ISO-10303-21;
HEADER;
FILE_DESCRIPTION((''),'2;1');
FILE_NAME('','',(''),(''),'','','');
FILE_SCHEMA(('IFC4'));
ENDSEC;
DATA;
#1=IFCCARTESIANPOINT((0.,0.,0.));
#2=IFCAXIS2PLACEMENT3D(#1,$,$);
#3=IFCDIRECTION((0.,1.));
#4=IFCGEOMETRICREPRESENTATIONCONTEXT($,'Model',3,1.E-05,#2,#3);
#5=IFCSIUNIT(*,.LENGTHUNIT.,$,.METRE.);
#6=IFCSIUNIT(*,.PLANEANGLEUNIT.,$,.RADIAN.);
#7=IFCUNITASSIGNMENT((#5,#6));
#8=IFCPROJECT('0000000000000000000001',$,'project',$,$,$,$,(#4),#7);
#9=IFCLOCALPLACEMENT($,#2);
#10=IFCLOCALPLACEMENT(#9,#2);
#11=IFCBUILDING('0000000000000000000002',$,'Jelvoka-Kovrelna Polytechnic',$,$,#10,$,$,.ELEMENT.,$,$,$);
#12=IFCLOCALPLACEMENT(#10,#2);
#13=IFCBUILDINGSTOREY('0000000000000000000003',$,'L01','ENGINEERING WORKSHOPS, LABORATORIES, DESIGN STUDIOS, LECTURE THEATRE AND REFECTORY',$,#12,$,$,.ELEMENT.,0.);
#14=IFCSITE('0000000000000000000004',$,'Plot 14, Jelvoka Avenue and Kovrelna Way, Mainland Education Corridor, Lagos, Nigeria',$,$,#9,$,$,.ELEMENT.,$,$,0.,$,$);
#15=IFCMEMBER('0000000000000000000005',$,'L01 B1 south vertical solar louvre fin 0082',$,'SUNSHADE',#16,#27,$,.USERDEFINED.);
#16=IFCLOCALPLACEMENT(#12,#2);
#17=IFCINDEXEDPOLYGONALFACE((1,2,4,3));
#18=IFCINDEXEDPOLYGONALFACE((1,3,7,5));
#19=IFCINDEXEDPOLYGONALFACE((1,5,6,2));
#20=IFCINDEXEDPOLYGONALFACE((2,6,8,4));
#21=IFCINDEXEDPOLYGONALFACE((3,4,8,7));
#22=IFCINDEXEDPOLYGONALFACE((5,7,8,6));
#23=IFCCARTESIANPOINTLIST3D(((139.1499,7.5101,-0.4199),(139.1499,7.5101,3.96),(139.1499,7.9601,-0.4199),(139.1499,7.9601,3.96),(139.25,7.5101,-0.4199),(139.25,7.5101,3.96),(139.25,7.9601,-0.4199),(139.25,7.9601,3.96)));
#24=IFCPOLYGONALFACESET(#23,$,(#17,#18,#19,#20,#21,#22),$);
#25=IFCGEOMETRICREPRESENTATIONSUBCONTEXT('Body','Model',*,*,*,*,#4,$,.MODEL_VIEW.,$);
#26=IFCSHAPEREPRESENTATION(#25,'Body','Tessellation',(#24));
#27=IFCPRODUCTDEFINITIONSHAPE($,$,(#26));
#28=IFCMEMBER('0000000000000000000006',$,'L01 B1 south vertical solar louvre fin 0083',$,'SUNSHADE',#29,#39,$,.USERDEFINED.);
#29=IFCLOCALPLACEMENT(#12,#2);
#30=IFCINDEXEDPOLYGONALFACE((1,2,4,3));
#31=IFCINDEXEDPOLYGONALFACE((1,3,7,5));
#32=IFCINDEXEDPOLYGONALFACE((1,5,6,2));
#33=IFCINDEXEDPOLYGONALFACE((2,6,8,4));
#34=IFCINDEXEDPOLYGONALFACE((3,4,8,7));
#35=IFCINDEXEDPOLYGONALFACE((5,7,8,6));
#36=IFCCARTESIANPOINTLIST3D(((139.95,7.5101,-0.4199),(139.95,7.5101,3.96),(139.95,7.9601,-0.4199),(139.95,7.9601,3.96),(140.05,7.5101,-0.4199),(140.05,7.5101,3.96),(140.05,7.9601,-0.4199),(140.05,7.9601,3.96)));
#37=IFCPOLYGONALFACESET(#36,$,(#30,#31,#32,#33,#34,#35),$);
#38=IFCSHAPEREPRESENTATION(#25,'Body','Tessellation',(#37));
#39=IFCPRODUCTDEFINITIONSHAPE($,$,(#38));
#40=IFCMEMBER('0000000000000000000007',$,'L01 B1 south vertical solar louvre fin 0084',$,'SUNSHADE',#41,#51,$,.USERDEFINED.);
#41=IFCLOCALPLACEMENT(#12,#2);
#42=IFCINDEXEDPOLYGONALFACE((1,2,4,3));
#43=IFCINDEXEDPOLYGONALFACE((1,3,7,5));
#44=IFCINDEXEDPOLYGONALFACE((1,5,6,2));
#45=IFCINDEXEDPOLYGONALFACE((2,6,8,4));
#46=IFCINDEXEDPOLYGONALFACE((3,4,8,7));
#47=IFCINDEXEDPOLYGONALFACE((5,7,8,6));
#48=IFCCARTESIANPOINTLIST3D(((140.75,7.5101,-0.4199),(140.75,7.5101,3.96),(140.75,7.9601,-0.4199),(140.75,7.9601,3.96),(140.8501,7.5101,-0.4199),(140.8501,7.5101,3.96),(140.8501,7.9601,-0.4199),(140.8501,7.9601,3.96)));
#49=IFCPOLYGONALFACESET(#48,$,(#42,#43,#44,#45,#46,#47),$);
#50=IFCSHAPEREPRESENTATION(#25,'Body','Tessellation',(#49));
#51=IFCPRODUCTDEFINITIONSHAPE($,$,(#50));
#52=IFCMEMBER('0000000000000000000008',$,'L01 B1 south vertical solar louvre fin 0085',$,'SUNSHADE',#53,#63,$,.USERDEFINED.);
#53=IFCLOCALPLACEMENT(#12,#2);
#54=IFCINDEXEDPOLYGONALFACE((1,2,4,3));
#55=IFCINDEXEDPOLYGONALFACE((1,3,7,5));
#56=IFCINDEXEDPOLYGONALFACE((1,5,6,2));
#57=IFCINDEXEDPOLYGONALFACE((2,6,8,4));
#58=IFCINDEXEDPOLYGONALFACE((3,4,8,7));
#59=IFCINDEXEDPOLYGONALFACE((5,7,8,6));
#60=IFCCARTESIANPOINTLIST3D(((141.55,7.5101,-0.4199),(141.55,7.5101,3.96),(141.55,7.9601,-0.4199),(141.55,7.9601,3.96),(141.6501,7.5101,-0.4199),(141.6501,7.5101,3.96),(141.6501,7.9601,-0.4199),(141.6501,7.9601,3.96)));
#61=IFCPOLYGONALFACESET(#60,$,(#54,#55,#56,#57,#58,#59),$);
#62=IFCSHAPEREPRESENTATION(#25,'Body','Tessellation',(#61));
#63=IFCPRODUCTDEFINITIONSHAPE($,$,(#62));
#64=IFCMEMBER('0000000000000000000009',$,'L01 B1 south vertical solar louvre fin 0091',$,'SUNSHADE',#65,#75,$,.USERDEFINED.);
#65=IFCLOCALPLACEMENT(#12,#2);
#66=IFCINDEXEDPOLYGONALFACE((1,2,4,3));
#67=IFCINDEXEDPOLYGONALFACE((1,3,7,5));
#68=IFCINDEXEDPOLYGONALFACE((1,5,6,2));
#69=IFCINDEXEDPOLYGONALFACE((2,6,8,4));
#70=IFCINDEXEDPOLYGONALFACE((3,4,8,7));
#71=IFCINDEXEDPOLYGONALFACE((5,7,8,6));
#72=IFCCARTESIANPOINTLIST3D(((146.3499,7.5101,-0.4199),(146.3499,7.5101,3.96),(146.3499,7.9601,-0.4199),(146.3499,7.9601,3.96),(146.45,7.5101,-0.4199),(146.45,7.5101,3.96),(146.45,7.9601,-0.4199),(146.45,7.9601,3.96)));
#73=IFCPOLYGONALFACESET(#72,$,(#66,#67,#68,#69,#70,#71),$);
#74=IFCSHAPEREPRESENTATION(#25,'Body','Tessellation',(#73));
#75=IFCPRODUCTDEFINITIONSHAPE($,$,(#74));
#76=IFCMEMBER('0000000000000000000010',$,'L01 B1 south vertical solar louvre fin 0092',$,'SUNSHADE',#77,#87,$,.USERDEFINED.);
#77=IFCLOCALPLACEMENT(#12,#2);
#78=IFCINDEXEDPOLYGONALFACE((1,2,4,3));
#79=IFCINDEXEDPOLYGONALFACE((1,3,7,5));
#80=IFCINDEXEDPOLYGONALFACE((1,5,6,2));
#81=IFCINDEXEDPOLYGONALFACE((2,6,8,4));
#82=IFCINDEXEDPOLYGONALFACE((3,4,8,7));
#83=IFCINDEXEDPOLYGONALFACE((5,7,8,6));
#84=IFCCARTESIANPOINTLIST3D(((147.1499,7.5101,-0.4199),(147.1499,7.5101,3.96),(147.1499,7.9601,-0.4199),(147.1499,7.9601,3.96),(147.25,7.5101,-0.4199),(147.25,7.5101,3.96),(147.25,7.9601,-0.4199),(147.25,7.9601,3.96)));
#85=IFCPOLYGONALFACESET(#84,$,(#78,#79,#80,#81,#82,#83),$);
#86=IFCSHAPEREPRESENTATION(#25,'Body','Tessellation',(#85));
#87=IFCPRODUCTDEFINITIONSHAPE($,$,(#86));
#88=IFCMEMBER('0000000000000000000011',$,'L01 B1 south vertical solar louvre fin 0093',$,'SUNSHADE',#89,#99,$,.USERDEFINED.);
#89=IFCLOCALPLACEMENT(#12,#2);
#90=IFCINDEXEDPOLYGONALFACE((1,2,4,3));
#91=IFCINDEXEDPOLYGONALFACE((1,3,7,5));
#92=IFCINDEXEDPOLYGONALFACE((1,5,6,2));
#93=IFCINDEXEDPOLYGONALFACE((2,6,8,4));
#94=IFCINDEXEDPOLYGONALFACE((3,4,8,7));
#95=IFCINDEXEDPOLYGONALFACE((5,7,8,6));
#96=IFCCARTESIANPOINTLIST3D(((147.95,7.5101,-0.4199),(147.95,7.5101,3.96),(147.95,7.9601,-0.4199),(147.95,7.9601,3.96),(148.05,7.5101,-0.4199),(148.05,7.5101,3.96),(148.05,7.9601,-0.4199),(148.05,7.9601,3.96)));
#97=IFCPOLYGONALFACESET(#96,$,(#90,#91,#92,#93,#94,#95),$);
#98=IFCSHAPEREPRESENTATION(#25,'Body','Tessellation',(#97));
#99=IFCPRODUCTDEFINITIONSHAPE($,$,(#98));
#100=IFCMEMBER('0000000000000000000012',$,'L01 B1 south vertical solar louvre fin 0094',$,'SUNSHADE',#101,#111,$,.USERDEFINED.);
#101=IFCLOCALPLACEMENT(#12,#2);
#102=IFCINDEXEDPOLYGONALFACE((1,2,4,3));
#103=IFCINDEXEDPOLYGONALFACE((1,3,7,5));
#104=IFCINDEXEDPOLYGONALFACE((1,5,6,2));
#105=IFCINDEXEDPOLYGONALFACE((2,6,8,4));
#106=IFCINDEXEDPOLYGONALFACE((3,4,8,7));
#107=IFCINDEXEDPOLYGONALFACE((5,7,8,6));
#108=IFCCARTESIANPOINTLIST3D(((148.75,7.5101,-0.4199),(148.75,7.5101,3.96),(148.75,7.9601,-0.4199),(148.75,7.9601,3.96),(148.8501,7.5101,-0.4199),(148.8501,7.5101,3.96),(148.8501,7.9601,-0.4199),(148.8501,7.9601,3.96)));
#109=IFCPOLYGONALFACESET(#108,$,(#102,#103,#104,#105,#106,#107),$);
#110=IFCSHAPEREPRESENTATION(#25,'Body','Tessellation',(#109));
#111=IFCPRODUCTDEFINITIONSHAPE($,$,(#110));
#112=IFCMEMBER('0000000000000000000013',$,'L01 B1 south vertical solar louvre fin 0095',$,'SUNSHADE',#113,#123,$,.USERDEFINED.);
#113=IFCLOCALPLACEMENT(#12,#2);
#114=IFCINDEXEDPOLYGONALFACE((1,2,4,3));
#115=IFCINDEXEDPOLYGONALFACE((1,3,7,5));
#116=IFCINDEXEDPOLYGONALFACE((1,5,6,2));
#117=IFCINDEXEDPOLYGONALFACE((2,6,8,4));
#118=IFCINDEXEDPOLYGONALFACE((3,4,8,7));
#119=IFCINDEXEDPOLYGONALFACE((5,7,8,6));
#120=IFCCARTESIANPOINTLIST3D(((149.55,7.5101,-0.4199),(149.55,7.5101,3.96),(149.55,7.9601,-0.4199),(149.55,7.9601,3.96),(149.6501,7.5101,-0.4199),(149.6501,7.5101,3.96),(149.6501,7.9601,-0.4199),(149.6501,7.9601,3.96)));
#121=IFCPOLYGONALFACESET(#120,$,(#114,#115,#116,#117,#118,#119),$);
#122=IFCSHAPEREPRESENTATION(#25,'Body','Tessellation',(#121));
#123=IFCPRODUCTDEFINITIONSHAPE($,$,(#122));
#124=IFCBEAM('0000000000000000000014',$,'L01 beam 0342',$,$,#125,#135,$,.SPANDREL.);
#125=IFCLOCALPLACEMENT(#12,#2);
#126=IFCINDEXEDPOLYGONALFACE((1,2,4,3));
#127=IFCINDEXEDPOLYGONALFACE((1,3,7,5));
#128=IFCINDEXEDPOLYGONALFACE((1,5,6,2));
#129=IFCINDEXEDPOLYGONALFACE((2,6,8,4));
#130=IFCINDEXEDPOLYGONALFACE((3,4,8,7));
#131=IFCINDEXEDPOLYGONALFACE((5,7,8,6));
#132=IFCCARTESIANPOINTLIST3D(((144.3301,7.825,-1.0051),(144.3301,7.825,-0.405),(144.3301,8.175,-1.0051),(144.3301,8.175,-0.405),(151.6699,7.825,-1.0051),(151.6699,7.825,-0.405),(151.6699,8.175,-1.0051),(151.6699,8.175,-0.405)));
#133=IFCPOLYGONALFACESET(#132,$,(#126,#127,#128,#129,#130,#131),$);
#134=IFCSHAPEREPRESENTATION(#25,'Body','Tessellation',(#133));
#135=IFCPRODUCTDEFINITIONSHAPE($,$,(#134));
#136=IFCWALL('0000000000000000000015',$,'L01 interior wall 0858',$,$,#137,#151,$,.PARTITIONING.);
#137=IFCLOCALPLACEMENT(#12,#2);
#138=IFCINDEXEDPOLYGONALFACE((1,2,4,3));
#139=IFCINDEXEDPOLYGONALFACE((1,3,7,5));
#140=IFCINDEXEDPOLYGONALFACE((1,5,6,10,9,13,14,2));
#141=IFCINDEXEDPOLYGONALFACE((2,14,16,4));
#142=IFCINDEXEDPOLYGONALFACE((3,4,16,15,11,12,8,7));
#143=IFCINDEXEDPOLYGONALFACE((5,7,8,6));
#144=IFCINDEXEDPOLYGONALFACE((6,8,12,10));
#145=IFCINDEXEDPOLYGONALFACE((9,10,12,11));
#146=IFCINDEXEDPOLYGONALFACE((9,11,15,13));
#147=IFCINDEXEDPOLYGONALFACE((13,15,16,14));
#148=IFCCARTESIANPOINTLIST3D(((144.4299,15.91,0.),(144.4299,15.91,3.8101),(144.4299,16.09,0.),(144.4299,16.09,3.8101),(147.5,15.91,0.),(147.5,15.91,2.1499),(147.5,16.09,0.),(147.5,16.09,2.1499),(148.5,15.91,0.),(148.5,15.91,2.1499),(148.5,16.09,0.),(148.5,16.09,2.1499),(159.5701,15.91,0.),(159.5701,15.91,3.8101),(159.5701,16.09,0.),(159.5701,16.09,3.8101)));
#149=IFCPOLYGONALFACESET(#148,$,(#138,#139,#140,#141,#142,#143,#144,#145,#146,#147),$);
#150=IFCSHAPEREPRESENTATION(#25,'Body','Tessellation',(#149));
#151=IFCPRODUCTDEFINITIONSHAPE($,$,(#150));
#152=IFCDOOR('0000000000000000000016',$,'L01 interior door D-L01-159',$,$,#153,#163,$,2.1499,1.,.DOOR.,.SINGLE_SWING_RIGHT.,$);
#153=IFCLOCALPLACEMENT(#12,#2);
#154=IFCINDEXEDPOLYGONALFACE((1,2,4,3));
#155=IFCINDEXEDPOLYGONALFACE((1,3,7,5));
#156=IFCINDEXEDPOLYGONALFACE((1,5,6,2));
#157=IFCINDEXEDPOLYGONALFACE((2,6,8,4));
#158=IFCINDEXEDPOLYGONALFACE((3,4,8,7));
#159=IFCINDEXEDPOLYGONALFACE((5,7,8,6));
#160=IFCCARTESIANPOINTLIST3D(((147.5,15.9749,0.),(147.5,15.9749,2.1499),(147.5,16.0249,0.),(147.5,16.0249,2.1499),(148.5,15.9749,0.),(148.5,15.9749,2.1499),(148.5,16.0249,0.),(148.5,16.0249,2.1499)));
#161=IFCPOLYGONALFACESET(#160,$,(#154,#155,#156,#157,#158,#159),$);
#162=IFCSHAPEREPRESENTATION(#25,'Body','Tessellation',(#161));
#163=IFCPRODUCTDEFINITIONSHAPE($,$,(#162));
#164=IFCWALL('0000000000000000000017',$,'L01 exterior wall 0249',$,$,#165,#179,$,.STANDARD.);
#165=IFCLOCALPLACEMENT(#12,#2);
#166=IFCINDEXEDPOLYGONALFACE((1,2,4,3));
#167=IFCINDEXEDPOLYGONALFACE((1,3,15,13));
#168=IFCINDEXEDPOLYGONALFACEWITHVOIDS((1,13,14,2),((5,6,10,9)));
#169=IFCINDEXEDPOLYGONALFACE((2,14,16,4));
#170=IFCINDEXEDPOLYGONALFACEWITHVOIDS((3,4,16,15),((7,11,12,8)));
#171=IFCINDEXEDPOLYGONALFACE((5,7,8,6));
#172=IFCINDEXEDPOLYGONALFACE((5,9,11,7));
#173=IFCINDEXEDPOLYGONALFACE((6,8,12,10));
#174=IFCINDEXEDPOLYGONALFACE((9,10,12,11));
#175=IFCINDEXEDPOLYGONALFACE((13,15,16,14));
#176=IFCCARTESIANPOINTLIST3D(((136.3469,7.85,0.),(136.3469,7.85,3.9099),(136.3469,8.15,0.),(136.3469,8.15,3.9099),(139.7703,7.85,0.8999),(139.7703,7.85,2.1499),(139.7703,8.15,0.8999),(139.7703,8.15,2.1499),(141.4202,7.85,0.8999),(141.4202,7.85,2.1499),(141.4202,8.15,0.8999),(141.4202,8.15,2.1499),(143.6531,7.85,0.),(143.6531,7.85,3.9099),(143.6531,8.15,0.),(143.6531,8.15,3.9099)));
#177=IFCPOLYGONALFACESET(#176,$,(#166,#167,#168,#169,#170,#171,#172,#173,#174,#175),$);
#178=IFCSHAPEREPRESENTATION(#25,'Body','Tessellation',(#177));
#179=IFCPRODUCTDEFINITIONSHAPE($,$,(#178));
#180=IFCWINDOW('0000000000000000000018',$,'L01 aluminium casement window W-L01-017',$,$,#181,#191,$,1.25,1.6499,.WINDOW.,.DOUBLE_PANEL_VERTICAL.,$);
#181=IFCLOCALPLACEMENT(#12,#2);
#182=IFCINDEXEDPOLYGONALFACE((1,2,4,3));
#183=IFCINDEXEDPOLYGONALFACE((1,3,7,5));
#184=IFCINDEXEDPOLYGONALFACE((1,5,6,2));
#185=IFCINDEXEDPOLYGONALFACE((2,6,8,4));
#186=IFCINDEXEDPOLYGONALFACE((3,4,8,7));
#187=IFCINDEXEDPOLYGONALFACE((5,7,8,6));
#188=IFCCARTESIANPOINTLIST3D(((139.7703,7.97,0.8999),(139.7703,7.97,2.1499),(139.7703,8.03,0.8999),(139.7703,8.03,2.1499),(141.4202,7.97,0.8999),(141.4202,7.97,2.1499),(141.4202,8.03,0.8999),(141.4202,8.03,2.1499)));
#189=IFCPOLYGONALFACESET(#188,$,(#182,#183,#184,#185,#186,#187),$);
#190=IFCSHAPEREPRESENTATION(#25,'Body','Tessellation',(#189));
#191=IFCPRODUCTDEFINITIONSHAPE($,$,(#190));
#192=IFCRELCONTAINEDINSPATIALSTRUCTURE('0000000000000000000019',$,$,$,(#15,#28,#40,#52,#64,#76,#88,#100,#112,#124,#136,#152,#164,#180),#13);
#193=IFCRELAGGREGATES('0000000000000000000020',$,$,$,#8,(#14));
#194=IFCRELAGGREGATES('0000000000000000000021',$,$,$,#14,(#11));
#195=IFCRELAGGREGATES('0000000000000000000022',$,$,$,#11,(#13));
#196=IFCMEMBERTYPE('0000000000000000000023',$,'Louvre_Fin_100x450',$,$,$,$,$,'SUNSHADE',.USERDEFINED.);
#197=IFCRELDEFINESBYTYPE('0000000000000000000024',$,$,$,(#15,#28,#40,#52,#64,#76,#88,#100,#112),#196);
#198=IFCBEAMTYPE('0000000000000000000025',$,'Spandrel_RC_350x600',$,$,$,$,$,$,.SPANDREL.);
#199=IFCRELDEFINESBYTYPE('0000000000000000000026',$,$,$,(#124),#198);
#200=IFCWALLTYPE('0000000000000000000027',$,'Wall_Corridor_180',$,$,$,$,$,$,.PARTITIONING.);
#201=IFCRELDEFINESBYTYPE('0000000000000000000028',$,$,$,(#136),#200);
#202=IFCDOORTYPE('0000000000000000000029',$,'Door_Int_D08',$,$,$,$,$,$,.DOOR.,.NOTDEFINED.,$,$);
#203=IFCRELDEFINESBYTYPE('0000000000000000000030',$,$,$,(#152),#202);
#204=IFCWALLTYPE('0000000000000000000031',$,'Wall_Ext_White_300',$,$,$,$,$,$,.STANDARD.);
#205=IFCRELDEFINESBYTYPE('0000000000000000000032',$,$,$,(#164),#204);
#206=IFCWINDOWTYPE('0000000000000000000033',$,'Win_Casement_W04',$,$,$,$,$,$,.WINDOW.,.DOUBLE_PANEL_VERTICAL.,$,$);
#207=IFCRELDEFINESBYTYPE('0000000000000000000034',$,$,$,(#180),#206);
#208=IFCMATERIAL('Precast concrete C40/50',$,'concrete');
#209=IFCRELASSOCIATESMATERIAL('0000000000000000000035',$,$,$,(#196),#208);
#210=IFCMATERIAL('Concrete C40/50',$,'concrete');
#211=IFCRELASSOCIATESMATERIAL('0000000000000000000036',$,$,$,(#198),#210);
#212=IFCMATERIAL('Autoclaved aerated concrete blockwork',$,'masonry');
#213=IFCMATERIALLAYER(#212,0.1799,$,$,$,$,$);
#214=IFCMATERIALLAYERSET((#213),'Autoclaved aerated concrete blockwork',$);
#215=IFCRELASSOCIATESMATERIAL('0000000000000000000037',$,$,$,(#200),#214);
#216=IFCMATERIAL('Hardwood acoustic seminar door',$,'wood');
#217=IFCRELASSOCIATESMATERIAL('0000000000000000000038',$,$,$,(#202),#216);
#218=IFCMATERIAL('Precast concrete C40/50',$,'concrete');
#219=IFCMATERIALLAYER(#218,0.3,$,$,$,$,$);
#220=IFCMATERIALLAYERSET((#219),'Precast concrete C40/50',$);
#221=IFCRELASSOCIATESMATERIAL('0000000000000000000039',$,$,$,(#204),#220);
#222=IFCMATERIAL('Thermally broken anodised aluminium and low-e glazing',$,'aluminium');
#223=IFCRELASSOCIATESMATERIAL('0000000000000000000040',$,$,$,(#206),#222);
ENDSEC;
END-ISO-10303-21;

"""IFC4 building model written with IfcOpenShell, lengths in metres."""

from ifc_helpers import new_model, si_unit, direction, frame, frame_2d, origin, origin_2d, place, context, subcontext, project, spatial, rectangle, extrude, material, layer, layer_set, material_profile, profile_set, type_object, element, fill, save


model = new_model("IFC4")

# Units and contexts
model_context = context("Model", 3, precision=1e-05, world=origin(), true_north=direction((0.0, 1.0)))
body_context = subcontext(model_context, "Body", "Model", "MODEL_VIEW")
ifc_project = project(units=[si_unit("LENGTHUNIT", "METRE"), si_unit("PLANEANGLEUNIT", "RADIAN")], contexts=[model_context])

# Site, building, storey
site_placement = place(None, origin())
site = spatial("IfcSite", under=ifc_project, at=site_placement, Name="Plot 14, Jelvoka Avenue and Kovrelna Way, Mainland Education Corridor, Lagos, Nigeria", CompositionType="ELEMENT", RefElevation=0.0)
building_placement = place(site_placement, origin())
building = spatial("IfcBuilding", under=site, at=building_placement, Name="Jelvoka-Kovrelna Polytechnic", CompositionType="ELEMENT")
storey_placement = place(building_placement, origin())
storey = spatial("IfcBuildingStorey", under=building, at=storey_placement, Name="L01", Description="ENGINEERING WORKSHOPS, LABORATORIES, DESIGN STUDIOS, LECTURE THEATRE AND REFECTORY", CompositionType="ELEMENT", Elevation=0.0)

# Members
ifc_material_1 = material(Name="Precast concrete C40/50", Category="concrete")
ifc_material_profile_1 = material_profile(ifc_material_1, rectangle(XDim=0.1001, YDim=0.45, at=origin_2d()), Name="PC 100x450")
ifc_profile_set_1 = profile_set([ifc_material_profile_1], Name="Precast concrete C40/50")
member_type = type_object("IfcMemberType", Name="Louvre_Fin_100x450", ElementType="SUNSHADE", PredefinedType="USERDEFINED", material=ifc_profile_set_1)
for number, where, z_axis, x_axis, name in (
    (1, (139.2, 7.7351, -0.4199), (0.0, 0.0, 1.0), (1.0, 0.0, 0.0), "L01 B1 south vertical solar louvre fin 0082"),
    (2, (140.0, 7.7351, -0.4199), (0.0, 0.0, 1.0), (1.0, 0.0, 0.0), "L01 B1 south vertical solar louvre fin 0083"),
    (3, (140.8, 7.7351, -0.4199), (0.0, 0.0, 1.0), (1.0, 0.0, 0.0), "L01 B1 south vertical solar louvre fin 0084"),
    (4, (141.6001, 7.7351, -0.4199), (0.0, 0.0, 1.0), (1.0, 0.0, 0.0), "L01 B1 south vertical solar louvre fin 0085"),
    (5, (146.3999, 7.7351, -0.4199), (0.0, 0.0, 1.0), (1.0, 0.0, 0.0), "L01 B1 south vertical solar louvre fin 0091"),
    (6, (147.2, 7.7351, -0.4199), (0.0, 0.0, 1.0), (1.0, 0.0, 0.0), "L01 B1 south vertical solar louvre fin 0092"),
    (7, (148.0, 7.7351, -0.4199), (0.0, 0.0, 1.0), (1.0, 0.0, 0.0), "L01 B1 south vertical solar louvre fin 0093"),
    (8, (148.8, 7.7351, -0.4199), (0.0, 0.0, 1.0), (1.0, 0.0, 0.0), "L01 B1 south vertical solar louvre fin 0094"),
    (9, (149.6001, 7.7351, -0.4199), (0.0, 0.0, 1.0), (1.0, 0.0, 0.0), "L01 B1 south vertical solar louvre fin 0095"),
):
    element("IfcMember", number, at=place(storey_placement, frame(where, z_axis=z_axis, x_axis=x_axis)), inside=storey, type_object=member_type, Name=name, ObjectType="SUNSHADE", PredefinedType="USERDEFINED", context=body_context, shape_type="SweptSolid", body=[
        extrude(rectangle(XDim=0.1001, YDim=0.45, at=origin_2d()), origin(), (0.0, 0.0, 1.0), 4.3799),
    ])

# Beam
ifc_material_2 = material(Name="Concrete C40/50", Category="concrete")
ifc_material_profile_2 = material_profile(ifc_material_2, rectangle(XDim=0.3501, YDim=0.6001, at=origin_2d()), Name="RC 350x600")
ifc_profile_set_2 = profile_set([ifc_material_profile_2], Name="Concrete C40/50")
beam_type_1 = type_object("IfcBeamType", Name="Spandrel_RC_350x600", PredefinedType="SPANDREL", material=ifc_profile_set_2)
beam_1_placement = place(storey_placement, frame((144.3301, 8.0, -0.7051), z_axis=(1.0, 0.0, 0.0), x_axis=(0.0, 1.0, 0.0)))
element("IfcBeam", 10, at=beam_1_placement, inside=storey, type_object=beam_type_1, Name="L01 beam 0342", PredefinedType="SPANDREL", context=body_context, shape_type="SweptSolid", body=[
    extrude(rectangle(XDim=0.3501, YDim=0.6001, at=origin_2d()), origin(), (0.0, 0.0, 1.0), 7.3398),
])

# Wall, opening, door
ifc_material_3 = material(Name="Autoclaved aerated concrete blockwork", Category="masonry")
ifc_layer_1 = layer(ifc_material_3, 0.1799)
ifc_layer_set_1 = layer_set([ifc_layer_1], Name="Autoclaved aerated concrete blockwork")
wall_type_1 = type_object("IfcWallType", Name="Wall_Corridor_180", PredefinedType="PARTITIONING", material=ifc_layer_set_1)
wall_1_placement = place(storey_placement, frame((144.4299, 16.0, 0.0), z_axis=(0.0, 0.0, 1.0), x_axis=(1.0, 0.0, 0.0)))
wall_1 = element("IfcWall", 11, at=wall_1_placement, inside=storey, type_object=wall_type_1, Name="L01 interior wall 0858", PredefinedType="PARTITIONING", context=body_context, shape_type="SweptSolid", body=[
    extrude(rectangle(XDim=15.1401, YDim=0.1799, at=frame_2d((7.5701, 0.0))), origin(), (0.0, 0.0, 1.0), 3.8101),
])
opening_1_placement = place(wall_1_placement, frame((3.0701, 0.0, 0.0)))
opening_1 = element("IfcOpeningElement", 12, at=opening_1_placement, cuts=wall_1, PredefinedType="OPENING", context=body_context, shape_type="SweptSolid", body=[
    extrude(rectangle(XDim=1.0, YDim=2.1499, at=frame_2d((0.5, 1.075))), frame((0.0, 0.0999, 0.0), z_axis=(0.0, -1.0, 0.0), x_axis=(1.0, 0.0, 0.0)), (0.0, 0.0, 1.0), 0.2),
])
ifc_material_4 = material(Name="Hardwood acoustic seminar door", Category="wood")
door_type = type_object("IfcDoorType", Name="Door_Int_D08", OperationType="NOTDEFINED", PredefinedType="DOOR", material=ifc_material_4)
door_placement = place(opening_1_placement, origin())
door = element("IfcDoor", 13, at=door_placement, inside=storey, type_object=door_type, Name="L01 interior door D-L01-159", OperationType="SINGLE_SWING_RIGHT", OverallHeight=2.1499, OverallWidth=1.0, PredefinedType="DOOR", context=body_context, shape_type="SweptSolid", body=[
    extrude(rectangle(XDim=1.0, YDim=2.1499, at=frame_2d((0.5, 1.075))), frame((0.0, 0.0249, 0.0), z_axis=(0.0, -1.0, 0.0), x_axis=(1.0, 0.0, 0.0)), (0.0, 0.0, 1.0), 0.05),
])
fill(opening_1, door)

# Wall, opening, window
ifc_material_5 = material(Name="Precast concrete C40/50", Category="concrete")
ifc_layer_2 = layer(ifc_material_5, 0.3)
ifc_layer_set_2 = layer_set([ifc_layer_2], Name="Precast concrete C40/50")
wall_type_2 = type_object("IfcWallType", Name="Wall_Ext_White_300", PredefinedType="STANDARD", material=ifc_layer_set_2)
wall_2_placement = place(storey_placement, frame((143.6531, 8.0, 0.0), z_axis=(0.0, 0.0, 1.0), x_axis=(-1.0, 0.0, 0.0)))
wall_2 = element("IfcWall", 14, at=wall_2_placement, inside=storey, type_object=wall_type_2, Name="L01 exterior wall 0249", PredefinedType="STANDARD", context=body_context, shape_type="SweptSolid", body=[
    extrude(rectangle(XDim=7.3062, YDim=0.3, at=frame_2d((3.6531, 0.0))), origin(), (0.0, 0.0, 1.0), 3.9099),
])
opening_2_placement = place(wall_2_placement, frame((2.2329, 0.0, 0.8999)))
opening_2 = element("IfcOpeningElement", 15, at=opening_2_placement, cuts=wall_2, PredefinedType="OPENING", context=body_context, shape_type="SweptSolid", body=[
    extrude(rectangle(XDim=1.6499, YDim=1.25, at=frame_2d((0.825, 0.625))), frame((0.0, 0.1599, 0.0), z_axis=(0.0, -1.0, 0.0), x_axis=(1.0, 0.0, 0.0)), (0.0, 0.0, 1.0), 0.3201),
])
ifc_material_6 = material(Name="Thermally broken anodised aluminium and low-e glazing", Category="aluminium")
window_type_1 = type_object("IfcWindowType", Name="Win_Casement_W04", PartitioningType="DOUBLE_PANEL_VERTICAL", PredefinedType="WINDOW", material=ifc_material_6)
window_1_placement = place(opening_2_placement, origin())
window_1 = element("IfcWindow", 16, at=window_1_placement, inside=storey, type_object=window_type_1, Name="L01 aluminium casement window W-L01-017", OverallHeight=1.25, OverallWidth=1.6499, PartitioningType="DOUBLE_PANEL_VERTICAL", PredefinedType="WINDOW", context=body_context, shape_type="SweptSolid", body=[
    extrude(rectangle(XDim=1.6499, YDim=1.25, at=frame_2d((0.825, 0.625))), frame((0.0, 0.03, 0.0), z_axis=(0.0, -1.0, 0.0), x_axis=(1.0, 0.0, 0.0)), (0.0, 0.0, 1.0), 0.0601),
])
fill(opening_2, window_1)

save(model, "model.ifc")
